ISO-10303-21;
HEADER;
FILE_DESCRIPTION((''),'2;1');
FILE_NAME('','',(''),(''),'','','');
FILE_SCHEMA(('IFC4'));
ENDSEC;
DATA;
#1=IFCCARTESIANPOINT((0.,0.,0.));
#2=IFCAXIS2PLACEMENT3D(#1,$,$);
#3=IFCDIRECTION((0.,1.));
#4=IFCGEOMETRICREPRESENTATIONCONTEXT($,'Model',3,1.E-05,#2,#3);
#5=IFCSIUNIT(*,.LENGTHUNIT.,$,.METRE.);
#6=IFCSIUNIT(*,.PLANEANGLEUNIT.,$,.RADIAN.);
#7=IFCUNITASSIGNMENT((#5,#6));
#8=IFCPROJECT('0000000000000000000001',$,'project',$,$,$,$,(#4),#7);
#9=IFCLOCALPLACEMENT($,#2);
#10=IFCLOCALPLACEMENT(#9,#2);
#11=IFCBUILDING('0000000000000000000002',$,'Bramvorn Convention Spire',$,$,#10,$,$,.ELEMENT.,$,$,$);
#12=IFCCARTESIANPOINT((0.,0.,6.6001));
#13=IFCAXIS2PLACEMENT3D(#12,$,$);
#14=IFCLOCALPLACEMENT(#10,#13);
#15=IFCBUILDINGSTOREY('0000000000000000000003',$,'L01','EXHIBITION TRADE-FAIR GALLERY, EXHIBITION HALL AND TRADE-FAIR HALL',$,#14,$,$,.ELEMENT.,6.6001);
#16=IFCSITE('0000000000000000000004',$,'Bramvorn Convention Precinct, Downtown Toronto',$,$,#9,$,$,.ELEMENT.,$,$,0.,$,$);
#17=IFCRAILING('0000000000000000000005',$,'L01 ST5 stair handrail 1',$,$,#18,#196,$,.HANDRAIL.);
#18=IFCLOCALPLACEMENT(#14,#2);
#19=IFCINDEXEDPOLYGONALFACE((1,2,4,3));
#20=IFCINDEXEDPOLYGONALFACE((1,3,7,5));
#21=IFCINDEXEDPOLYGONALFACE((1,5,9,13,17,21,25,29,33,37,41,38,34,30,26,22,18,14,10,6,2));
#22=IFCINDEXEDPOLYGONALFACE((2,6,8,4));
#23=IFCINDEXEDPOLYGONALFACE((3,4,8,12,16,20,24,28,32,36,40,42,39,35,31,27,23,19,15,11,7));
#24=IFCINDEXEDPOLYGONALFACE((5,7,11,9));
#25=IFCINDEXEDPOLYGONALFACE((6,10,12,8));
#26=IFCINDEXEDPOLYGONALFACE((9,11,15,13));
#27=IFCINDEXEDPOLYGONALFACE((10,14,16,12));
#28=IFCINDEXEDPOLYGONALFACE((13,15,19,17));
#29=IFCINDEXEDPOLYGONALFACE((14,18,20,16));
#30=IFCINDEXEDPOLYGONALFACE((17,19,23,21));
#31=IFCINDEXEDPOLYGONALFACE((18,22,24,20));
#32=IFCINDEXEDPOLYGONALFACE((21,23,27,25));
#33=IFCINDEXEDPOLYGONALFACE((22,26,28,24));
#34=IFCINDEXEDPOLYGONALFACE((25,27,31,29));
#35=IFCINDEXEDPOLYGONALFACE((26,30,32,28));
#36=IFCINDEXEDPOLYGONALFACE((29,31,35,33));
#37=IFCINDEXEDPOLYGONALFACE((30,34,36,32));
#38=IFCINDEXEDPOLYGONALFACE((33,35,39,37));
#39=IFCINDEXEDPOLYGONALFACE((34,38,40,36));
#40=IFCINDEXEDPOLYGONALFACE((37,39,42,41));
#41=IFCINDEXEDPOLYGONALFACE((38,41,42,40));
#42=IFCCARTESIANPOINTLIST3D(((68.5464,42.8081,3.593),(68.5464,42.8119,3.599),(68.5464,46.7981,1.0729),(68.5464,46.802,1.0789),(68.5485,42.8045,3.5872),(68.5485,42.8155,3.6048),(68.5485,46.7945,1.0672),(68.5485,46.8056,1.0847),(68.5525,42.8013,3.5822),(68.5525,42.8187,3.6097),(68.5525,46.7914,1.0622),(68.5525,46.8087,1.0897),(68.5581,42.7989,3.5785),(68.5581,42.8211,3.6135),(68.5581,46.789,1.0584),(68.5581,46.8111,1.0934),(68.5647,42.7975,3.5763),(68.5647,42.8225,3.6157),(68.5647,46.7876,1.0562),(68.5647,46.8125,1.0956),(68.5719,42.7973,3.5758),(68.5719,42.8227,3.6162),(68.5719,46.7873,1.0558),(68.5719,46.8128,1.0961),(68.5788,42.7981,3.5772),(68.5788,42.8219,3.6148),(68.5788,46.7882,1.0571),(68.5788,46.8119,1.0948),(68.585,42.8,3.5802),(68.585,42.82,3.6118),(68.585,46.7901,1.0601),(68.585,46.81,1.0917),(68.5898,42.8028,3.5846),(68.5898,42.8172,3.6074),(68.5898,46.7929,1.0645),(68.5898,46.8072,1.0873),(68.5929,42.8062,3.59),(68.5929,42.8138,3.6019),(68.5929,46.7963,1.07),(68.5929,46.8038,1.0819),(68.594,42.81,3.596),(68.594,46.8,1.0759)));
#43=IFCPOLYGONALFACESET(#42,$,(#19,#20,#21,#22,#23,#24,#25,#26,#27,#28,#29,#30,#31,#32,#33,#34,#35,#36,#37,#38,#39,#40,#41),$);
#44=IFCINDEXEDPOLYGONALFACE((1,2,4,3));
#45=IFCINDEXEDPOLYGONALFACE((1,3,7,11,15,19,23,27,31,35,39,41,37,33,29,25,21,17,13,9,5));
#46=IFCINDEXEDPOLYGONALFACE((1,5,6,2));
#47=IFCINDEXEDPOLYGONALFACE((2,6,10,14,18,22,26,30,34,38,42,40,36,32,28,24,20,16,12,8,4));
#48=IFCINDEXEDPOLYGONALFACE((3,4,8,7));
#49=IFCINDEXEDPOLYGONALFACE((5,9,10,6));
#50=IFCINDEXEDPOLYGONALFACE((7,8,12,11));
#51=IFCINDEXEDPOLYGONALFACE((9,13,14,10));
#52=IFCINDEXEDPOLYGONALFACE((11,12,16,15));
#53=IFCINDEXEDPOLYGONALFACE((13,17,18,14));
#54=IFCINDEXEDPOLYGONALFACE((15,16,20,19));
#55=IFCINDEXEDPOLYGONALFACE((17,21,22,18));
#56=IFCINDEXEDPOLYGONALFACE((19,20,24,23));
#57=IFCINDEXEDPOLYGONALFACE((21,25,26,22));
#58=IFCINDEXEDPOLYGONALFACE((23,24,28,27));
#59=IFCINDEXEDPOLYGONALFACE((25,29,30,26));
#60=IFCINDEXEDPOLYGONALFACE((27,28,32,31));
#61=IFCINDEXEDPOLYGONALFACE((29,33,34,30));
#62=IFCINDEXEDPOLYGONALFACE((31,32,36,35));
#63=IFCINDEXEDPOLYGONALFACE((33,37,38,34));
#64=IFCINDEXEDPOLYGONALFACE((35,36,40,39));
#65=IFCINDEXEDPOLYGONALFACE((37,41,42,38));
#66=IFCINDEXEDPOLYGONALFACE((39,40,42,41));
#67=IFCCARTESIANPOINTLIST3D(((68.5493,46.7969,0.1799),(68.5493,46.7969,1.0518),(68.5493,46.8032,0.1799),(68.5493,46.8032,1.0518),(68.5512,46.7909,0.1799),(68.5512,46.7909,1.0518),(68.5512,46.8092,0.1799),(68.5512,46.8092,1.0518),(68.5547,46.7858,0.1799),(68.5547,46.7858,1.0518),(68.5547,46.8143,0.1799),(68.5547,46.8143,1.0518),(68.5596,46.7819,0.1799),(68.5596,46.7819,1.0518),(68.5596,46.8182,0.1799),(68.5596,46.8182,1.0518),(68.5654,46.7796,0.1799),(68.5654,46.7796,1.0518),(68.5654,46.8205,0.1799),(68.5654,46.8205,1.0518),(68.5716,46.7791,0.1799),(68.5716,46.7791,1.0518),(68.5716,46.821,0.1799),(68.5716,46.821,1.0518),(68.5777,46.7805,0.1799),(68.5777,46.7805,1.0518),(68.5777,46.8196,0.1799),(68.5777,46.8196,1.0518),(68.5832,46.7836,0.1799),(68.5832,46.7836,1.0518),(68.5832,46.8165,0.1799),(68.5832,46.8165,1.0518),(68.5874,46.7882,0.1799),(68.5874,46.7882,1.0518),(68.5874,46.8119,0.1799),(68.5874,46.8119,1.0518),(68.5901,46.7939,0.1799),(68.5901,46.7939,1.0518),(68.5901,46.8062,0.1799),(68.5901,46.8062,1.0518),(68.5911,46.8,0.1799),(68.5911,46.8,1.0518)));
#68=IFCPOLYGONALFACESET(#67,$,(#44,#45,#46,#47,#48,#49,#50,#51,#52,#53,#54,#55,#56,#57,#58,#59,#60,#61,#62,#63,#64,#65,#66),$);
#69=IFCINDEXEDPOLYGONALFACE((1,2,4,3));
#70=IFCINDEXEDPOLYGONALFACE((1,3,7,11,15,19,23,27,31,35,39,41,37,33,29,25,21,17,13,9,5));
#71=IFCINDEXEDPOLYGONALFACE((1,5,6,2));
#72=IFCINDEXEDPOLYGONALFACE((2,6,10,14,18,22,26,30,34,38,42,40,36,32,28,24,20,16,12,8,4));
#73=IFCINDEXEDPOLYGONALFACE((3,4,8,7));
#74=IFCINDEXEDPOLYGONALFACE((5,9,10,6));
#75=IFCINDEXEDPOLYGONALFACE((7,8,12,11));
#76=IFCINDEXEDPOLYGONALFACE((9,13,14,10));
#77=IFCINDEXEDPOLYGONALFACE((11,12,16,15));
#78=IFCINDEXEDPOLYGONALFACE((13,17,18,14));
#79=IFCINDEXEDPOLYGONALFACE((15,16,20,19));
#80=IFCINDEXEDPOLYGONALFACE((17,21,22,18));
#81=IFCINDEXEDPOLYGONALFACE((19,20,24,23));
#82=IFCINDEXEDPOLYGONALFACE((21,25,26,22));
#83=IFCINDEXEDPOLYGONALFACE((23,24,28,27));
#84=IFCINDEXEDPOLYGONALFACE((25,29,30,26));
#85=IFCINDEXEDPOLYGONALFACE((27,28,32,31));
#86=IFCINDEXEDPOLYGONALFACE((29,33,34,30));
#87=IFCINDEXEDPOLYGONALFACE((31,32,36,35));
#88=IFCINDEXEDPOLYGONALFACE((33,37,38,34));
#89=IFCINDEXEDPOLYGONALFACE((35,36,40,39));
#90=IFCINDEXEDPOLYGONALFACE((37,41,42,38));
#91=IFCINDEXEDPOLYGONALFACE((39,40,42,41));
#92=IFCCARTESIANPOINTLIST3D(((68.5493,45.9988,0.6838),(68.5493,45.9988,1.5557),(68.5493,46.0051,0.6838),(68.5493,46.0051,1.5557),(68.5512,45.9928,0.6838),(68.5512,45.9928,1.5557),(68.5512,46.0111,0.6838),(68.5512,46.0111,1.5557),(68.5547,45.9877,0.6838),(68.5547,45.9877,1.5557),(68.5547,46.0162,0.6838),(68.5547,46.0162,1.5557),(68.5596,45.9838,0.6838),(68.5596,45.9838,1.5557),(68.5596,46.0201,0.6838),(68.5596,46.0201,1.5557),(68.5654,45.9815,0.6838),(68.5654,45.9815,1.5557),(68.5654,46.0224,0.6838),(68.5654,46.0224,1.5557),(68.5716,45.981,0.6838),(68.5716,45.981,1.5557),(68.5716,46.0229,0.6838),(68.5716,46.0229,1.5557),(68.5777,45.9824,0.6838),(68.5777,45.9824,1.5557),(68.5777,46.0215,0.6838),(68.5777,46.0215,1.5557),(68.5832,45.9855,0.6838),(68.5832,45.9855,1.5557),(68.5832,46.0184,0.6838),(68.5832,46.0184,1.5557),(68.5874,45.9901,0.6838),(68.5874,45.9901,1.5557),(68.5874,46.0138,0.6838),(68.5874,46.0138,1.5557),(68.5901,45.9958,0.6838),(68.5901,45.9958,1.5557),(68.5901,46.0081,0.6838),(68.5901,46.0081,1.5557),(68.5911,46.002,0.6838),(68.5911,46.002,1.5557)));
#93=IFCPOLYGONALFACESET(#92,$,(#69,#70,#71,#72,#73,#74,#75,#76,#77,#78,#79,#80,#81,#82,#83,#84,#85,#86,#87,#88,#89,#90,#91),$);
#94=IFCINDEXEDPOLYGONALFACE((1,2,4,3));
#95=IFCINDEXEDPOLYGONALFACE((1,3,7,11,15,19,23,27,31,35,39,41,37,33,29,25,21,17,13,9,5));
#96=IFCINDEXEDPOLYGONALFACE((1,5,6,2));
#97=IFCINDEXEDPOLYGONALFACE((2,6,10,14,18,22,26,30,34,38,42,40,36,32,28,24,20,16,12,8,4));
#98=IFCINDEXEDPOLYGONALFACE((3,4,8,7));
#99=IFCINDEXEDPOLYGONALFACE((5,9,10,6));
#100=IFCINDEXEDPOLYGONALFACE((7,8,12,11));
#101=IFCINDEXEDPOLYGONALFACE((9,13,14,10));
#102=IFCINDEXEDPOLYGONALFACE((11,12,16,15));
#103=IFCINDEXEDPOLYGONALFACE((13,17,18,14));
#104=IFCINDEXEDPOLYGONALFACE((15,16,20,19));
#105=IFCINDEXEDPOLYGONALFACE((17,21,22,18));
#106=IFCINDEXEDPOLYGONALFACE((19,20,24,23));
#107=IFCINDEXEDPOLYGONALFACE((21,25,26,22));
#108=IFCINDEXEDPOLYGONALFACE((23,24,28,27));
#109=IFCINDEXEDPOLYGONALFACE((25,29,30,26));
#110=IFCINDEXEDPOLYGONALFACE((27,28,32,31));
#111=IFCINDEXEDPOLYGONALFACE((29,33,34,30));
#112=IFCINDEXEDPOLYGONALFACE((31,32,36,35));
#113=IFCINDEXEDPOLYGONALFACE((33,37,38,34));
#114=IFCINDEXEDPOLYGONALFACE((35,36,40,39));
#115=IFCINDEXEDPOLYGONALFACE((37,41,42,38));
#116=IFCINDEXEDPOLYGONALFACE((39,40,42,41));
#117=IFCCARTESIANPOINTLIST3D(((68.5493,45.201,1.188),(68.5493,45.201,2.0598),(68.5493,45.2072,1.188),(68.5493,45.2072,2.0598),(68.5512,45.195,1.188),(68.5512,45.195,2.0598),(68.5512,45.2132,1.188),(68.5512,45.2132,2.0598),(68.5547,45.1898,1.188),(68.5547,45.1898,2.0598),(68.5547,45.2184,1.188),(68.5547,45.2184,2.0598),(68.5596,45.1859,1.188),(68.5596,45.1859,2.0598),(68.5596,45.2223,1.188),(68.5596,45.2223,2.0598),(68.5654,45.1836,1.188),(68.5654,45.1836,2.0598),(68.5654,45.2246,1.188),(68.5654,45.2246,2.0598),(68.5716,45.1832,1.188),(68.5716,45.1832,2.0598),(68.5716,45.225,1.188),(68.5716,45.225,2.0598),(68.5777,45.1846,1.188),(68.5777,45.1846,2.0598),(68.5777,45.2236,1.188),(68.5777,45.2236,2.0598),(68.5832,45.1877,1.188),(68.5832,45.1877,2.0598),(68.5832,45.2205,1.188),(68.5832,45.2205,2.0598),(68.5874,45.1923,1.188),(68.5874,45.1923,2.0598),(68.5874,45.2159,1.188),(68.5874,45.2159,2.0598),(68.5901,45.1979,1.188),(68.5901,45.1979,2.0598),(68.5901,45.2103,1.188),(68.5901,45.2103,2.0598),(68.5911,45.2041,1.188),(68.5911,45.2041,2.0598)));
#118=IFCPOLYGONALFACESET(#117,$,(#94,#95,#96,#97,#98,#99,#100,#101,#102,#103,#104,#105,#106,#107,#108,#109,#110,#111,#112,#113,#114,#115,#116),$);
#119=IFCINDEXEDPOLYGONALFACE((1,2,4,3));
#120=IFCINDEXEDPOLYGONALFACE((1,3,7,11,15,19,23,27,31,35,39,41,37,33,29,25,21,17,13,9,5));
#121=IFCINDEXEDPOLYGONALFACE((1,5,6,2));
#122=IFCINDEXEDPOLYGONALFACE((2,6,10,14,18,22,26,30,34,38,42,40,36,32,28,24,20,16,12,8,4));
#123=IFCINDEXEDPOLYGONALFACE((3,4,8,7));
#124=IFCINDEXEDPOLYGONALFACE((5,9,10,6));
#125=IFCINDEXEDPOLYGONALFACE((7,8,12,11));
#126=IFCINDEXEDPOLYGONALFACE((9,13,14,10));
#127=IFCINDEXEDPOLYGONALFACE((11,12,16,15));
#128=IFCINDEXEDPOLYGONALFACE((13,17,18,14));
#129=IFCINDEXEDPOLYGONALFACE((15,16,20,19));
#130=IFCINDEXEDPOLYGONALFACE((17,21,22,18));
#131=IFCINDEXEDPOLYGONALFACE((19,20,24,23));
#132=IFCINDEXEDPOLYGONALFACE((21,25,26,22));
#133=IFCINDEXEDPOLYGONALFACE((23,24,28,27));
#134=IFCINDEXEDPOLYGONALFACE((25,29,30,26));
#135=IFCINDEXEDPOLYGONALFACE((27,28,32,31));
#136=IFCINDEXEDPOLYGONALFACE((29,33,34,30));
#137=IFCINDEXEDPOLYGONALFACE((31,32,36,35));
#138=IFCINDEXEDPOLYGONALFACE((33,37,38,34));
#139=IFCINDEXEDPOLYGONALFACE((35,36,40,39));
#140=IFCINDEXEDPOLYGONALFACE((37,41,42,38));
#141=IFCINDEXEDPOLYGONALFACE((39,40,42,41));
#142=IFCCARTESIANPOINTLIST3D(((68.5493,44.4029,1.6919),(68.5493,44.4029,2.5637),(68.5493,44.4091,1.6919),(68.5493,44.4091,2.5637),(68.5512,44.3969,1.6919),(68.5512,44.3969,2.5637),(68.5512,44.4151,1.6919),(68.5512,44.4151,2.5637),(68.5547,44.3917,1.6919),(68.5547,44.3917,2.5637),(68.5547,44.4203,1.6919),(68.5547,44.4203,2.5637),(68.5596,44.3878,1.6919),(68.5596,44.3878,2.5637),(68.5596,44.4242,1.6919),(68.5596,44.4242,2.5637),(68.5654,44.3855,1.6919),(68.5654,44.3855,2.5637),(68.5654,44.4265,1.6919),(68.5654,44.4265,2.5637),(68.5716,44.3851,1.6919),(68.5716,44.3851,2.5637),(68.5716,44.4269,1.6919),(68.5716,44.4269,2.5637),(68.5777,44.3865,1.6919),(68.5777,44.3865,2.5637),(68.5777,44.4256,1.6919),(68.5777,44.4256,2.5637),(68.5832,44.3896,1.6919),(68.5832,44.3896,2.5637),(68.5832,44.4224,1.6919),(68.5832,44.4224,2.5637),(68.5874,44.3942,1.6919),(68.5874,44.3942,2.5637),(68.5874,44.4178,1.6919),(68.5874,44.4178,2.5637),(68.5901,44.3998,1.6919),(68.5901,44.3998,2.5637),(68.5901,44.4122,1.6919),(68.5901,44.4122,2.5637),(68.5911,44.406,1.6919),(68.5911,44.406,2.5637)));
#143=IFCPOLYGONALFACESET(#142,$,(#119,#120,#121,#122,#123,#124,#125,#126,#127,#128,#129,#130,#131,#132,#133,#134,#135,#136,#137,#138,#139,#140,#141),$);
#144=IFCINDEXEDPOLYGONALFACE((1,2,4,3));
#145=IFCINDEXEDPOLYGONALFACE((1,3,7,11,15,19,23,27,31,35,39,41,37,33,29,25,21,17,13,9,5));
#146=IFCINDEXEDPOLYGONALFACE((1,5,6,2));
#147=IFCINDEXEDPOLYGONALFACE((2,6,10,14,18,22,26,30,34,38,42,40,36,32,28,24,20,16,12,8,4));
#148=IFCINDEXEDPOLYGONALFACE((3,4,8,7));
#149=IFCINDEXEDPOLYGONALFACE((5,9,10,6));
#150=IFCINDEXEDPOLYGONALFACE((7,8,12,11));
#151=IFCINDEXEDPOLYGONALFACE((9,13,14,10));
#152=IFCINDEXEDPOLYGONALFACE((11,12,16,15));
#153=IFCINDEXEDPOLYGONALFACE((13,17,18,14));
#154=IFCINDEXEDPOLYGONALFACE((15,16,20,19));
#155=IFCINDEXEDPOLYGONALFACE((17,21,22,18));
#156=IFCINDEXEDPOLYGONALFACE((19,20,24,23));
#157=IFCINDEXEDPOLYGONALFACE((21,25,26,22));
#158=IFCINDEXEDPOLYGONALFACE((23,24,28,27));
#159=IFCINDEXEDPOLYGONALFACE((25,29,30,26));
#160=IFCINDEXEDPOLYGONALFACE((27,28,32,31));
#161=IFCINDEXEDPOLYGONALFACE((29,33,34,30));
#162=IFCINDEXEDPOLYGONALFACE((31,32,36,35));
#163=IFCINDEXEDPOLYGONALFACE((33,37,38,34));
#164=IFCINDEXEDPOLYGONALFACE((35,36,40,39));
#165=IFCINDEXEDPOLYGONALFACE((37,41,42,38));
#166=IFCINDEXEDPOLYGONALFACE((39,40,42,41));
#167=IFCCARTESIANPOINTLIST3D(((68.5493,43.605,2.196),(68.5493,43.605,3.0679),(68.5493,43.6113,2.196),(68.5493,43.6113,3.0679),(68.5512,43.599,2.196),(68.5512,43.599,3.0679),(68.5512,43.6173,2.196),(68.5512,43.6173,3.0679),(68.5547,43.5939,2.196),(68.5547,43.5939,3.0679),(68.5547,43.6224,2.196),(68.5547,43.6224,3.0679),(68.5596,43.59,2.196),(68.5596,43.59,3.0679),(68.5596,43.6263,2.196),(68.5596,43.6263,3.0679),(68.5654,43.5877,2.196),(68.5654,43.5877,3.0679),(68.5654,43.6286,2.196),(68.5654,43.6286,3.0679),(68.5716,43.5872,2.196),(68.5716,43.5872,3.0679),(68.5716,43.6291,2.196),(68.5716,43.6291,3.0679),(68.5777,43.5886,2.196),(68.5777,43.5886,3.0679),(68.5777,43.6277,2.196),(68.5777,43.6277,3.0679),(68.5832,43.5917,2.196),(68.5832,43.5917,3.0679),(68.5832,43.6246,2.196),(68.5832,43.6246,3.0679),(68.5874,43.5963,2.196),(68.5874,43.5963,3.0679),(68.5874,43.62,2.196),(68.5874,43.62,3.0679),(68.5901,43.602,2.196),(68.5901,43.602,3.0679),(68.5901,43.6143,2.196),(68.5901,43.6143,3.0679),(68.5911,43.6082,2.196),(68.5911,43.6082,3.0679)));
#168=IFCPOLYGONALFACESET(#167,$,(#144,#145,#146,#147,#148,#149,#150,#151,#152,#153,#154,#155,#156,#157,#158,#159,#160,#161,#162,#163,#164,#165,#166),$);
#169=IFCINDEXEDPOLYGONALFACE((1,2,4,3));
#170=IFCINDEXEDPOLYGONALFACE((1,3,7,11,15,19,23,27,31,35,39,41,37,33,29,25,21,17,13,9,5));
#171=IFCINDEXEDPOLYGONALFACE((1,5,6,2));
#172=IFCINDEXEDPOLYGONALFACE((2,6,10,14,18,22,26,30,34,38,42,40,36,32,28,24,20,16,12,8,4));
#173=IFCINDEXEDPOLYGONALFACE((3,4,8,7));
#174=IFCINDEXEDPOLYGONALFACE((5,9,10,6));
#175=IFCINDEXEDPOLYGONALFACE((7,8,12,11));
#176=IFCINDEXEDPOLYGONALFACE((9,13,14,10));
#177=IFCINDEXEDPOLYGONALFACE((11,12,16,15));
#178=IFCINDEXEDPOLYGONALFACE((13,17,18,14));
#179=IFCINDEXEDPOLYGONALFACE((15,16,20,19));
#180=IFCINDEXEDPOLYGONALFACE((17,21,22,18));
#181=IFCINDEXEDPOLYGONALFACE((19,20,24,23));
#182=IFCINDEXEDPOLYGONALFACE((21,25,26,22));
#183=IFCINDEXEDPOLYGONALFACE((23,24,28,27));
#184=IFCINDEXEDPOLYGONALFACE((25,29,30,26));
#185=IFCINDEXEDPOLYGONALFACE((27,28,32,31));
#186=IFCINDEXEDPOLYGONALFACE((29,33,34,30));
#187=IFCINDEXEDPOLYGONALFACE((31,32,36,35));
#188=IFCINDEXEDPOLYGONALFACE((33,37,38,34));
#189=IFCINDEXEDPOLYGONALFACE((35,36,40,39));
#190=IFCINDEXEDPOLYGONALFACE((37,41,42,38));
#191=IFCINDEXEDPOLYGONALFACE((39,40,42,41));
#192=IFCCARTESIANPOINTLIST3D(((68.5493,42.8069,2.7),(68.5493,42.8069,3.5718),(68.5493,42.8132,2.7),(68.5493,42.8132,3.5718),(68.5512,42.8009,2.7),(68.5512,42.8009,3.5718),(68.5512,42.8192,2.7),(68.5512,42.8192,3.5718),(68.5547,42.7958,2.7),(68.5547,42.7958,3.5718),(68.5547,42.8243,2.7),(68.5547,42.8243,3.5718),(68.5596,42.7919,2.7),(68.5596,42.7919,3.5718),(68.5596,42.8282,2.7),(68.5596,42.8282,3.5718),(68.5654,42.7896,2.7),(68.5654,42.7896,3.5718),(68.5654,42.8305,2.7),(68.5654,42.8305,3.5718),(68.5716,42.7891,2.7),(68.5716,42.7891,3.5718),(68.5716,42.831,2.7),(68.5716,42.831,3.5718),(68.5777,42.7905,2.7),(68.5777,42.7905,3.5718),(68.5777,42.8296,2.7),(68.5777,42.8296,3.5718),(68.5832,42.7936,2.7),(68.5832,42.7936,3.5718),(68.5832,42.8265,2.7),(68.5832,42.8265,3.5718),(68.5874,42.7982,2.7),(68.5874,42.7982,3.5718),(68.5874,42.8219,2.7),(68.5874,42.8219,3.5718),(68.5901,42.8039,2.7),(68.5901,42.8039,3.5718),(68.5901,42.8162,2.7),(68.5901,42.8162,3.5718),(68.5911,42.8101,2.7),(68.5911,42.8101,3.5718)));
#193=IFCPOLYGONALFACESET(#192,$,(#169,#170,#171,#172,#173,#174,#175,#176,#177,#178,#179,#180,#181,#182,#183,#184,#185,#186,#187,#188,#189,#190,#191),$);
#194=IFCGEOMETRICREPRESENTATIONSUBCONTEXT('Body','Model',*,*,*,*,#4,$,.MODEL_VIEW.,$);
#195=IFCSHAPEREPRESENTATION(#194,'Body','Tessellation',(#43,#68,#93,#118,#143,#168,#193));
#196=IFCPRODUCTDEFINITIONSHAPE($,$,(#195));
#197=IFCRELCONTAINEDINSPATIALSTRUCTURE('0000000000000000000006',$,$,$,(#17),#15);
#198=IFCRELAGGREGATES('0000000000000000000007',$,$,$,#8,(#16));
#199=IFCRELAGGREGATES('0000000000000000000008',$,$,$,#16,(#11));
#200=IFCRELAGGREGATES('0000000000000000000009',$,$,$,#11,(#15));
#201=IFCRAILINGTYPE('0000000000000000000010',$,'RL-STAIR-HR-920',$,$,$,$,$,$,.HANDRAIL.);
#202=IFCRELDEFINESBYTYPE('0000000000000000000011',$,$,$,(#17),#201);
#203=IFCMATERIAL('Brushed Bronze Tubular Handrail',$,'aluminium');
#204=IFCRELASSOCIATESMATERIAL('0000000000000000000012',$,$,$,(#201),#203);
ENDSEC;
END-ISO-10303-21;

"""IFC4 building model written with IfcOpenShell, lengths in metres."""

from ifc_helpers import new_model, si_unit, direction, frame, origin, origin_2d, place, context, subcontext, project, spatial, circle, extrude, material, type_object, element, save


model = new_model("IFC4")

# Units and contexts
model_context = context("Model", 3, precision=1e-05, world=origin(), true_north=direction((0.0, 1.0)))
body_context = subcontext(model_context, "Body", "Model", "MODEL_VIEW")
ifc_project = project(units=[si_unit("LENGTHUNIT", "METRE"), si_unit("PLANEANGLEUNIT", "RADIAN")], contexts=[model_context])

# Site, building, storey
site_placement = place(None, origin())
site = spatial("IfcSite", under=ifc_project, at=site_placement, Name="Bramvorn Convention Precinct, Downtown Toronto", CompositionType="ELEMENT", RefElevation=0.0)
building_placement = place(site_placement, origin())
building = spatial("IfcBuilding", under=site, at=building_placement, Name="Bramvorn Convention Spire", CompositionType="ELEMENT")
storey_placement = place(building_placement, frame((0.0, 0.0, 6.6001)))
storey = spatial("IfcBuildingStorey", under=building, at=storey_placement, Name="L01", Description="EXHIBITION TRADE-FAIR GALLERY, EXHIBITION HALL AND TRADE-FAIR HALL", CompositionType="ELEMENT", Elevation=6.6001)

# Railing
ifc_material_1 = material(Name="Brushed Bronze Tubular Handrail", Category="aluminium")
railing_type_1 = type_object("IfcRailingType", Name="RL-STAIR-HR-920", PredefinedType="HANDRAIL", material=ifc_material_1)
railing_1_placement = place(storey_placement, frame((68.5701, 46.8, 0.1799)))
element("IfcRailing", 1, at=railing_1_placement, inside=storey, type_object=railing_type_1, Name="L01 ST5 stair handrail 1", PredefinedType="HANDRAIL", context=body_context, shape_type="SweptSolid", body=[
    extrude(circle(Radius=0.0239, at=origin_2d()), frame((0.0, 0.0, 0.896), z_axis=(0.0, -0.845486, 0.533997), x_axis=(1.0, 0.0, 0.0)), (0.0, 0.0, 1.0), 4.7192),
    extrude(circle(Radius=0.021, at=origin_2d()), origin(), (0.0, 0.0, 1.0), 0.8718),
    extrude(circle(Radius=0.021, at=origin_2d()), frame((0.0, -0.7981, 0.5039)), (0.0, 0.0, 1.0), 0.8718),
    extrude(circle(Radius=0.021, at=origin_2d()), frame((0.0, -1.5959, 1.0081)), (0.0, 0.0, 1.0), 0.8718),
    extrude(circle(Radius=0.021, at=origin_2d()), frame((0.0, -2.394, 1.512)), (0.0, 0.0, 1.0), 0.8718),
    extrude(circle(Radius=0.021, at=origin_2d()), frame((0.0, -3.1919, 2.0161)), (0.0, 0.0, 1.0), 0.8718),
    extrude(circle(Radius=0.021, at=origin_2d()), frame((0.0, -3.99, 2.52)), (0.0, 0.0, 1.0), 0.8718),
])

save(model, "model.ifc")
